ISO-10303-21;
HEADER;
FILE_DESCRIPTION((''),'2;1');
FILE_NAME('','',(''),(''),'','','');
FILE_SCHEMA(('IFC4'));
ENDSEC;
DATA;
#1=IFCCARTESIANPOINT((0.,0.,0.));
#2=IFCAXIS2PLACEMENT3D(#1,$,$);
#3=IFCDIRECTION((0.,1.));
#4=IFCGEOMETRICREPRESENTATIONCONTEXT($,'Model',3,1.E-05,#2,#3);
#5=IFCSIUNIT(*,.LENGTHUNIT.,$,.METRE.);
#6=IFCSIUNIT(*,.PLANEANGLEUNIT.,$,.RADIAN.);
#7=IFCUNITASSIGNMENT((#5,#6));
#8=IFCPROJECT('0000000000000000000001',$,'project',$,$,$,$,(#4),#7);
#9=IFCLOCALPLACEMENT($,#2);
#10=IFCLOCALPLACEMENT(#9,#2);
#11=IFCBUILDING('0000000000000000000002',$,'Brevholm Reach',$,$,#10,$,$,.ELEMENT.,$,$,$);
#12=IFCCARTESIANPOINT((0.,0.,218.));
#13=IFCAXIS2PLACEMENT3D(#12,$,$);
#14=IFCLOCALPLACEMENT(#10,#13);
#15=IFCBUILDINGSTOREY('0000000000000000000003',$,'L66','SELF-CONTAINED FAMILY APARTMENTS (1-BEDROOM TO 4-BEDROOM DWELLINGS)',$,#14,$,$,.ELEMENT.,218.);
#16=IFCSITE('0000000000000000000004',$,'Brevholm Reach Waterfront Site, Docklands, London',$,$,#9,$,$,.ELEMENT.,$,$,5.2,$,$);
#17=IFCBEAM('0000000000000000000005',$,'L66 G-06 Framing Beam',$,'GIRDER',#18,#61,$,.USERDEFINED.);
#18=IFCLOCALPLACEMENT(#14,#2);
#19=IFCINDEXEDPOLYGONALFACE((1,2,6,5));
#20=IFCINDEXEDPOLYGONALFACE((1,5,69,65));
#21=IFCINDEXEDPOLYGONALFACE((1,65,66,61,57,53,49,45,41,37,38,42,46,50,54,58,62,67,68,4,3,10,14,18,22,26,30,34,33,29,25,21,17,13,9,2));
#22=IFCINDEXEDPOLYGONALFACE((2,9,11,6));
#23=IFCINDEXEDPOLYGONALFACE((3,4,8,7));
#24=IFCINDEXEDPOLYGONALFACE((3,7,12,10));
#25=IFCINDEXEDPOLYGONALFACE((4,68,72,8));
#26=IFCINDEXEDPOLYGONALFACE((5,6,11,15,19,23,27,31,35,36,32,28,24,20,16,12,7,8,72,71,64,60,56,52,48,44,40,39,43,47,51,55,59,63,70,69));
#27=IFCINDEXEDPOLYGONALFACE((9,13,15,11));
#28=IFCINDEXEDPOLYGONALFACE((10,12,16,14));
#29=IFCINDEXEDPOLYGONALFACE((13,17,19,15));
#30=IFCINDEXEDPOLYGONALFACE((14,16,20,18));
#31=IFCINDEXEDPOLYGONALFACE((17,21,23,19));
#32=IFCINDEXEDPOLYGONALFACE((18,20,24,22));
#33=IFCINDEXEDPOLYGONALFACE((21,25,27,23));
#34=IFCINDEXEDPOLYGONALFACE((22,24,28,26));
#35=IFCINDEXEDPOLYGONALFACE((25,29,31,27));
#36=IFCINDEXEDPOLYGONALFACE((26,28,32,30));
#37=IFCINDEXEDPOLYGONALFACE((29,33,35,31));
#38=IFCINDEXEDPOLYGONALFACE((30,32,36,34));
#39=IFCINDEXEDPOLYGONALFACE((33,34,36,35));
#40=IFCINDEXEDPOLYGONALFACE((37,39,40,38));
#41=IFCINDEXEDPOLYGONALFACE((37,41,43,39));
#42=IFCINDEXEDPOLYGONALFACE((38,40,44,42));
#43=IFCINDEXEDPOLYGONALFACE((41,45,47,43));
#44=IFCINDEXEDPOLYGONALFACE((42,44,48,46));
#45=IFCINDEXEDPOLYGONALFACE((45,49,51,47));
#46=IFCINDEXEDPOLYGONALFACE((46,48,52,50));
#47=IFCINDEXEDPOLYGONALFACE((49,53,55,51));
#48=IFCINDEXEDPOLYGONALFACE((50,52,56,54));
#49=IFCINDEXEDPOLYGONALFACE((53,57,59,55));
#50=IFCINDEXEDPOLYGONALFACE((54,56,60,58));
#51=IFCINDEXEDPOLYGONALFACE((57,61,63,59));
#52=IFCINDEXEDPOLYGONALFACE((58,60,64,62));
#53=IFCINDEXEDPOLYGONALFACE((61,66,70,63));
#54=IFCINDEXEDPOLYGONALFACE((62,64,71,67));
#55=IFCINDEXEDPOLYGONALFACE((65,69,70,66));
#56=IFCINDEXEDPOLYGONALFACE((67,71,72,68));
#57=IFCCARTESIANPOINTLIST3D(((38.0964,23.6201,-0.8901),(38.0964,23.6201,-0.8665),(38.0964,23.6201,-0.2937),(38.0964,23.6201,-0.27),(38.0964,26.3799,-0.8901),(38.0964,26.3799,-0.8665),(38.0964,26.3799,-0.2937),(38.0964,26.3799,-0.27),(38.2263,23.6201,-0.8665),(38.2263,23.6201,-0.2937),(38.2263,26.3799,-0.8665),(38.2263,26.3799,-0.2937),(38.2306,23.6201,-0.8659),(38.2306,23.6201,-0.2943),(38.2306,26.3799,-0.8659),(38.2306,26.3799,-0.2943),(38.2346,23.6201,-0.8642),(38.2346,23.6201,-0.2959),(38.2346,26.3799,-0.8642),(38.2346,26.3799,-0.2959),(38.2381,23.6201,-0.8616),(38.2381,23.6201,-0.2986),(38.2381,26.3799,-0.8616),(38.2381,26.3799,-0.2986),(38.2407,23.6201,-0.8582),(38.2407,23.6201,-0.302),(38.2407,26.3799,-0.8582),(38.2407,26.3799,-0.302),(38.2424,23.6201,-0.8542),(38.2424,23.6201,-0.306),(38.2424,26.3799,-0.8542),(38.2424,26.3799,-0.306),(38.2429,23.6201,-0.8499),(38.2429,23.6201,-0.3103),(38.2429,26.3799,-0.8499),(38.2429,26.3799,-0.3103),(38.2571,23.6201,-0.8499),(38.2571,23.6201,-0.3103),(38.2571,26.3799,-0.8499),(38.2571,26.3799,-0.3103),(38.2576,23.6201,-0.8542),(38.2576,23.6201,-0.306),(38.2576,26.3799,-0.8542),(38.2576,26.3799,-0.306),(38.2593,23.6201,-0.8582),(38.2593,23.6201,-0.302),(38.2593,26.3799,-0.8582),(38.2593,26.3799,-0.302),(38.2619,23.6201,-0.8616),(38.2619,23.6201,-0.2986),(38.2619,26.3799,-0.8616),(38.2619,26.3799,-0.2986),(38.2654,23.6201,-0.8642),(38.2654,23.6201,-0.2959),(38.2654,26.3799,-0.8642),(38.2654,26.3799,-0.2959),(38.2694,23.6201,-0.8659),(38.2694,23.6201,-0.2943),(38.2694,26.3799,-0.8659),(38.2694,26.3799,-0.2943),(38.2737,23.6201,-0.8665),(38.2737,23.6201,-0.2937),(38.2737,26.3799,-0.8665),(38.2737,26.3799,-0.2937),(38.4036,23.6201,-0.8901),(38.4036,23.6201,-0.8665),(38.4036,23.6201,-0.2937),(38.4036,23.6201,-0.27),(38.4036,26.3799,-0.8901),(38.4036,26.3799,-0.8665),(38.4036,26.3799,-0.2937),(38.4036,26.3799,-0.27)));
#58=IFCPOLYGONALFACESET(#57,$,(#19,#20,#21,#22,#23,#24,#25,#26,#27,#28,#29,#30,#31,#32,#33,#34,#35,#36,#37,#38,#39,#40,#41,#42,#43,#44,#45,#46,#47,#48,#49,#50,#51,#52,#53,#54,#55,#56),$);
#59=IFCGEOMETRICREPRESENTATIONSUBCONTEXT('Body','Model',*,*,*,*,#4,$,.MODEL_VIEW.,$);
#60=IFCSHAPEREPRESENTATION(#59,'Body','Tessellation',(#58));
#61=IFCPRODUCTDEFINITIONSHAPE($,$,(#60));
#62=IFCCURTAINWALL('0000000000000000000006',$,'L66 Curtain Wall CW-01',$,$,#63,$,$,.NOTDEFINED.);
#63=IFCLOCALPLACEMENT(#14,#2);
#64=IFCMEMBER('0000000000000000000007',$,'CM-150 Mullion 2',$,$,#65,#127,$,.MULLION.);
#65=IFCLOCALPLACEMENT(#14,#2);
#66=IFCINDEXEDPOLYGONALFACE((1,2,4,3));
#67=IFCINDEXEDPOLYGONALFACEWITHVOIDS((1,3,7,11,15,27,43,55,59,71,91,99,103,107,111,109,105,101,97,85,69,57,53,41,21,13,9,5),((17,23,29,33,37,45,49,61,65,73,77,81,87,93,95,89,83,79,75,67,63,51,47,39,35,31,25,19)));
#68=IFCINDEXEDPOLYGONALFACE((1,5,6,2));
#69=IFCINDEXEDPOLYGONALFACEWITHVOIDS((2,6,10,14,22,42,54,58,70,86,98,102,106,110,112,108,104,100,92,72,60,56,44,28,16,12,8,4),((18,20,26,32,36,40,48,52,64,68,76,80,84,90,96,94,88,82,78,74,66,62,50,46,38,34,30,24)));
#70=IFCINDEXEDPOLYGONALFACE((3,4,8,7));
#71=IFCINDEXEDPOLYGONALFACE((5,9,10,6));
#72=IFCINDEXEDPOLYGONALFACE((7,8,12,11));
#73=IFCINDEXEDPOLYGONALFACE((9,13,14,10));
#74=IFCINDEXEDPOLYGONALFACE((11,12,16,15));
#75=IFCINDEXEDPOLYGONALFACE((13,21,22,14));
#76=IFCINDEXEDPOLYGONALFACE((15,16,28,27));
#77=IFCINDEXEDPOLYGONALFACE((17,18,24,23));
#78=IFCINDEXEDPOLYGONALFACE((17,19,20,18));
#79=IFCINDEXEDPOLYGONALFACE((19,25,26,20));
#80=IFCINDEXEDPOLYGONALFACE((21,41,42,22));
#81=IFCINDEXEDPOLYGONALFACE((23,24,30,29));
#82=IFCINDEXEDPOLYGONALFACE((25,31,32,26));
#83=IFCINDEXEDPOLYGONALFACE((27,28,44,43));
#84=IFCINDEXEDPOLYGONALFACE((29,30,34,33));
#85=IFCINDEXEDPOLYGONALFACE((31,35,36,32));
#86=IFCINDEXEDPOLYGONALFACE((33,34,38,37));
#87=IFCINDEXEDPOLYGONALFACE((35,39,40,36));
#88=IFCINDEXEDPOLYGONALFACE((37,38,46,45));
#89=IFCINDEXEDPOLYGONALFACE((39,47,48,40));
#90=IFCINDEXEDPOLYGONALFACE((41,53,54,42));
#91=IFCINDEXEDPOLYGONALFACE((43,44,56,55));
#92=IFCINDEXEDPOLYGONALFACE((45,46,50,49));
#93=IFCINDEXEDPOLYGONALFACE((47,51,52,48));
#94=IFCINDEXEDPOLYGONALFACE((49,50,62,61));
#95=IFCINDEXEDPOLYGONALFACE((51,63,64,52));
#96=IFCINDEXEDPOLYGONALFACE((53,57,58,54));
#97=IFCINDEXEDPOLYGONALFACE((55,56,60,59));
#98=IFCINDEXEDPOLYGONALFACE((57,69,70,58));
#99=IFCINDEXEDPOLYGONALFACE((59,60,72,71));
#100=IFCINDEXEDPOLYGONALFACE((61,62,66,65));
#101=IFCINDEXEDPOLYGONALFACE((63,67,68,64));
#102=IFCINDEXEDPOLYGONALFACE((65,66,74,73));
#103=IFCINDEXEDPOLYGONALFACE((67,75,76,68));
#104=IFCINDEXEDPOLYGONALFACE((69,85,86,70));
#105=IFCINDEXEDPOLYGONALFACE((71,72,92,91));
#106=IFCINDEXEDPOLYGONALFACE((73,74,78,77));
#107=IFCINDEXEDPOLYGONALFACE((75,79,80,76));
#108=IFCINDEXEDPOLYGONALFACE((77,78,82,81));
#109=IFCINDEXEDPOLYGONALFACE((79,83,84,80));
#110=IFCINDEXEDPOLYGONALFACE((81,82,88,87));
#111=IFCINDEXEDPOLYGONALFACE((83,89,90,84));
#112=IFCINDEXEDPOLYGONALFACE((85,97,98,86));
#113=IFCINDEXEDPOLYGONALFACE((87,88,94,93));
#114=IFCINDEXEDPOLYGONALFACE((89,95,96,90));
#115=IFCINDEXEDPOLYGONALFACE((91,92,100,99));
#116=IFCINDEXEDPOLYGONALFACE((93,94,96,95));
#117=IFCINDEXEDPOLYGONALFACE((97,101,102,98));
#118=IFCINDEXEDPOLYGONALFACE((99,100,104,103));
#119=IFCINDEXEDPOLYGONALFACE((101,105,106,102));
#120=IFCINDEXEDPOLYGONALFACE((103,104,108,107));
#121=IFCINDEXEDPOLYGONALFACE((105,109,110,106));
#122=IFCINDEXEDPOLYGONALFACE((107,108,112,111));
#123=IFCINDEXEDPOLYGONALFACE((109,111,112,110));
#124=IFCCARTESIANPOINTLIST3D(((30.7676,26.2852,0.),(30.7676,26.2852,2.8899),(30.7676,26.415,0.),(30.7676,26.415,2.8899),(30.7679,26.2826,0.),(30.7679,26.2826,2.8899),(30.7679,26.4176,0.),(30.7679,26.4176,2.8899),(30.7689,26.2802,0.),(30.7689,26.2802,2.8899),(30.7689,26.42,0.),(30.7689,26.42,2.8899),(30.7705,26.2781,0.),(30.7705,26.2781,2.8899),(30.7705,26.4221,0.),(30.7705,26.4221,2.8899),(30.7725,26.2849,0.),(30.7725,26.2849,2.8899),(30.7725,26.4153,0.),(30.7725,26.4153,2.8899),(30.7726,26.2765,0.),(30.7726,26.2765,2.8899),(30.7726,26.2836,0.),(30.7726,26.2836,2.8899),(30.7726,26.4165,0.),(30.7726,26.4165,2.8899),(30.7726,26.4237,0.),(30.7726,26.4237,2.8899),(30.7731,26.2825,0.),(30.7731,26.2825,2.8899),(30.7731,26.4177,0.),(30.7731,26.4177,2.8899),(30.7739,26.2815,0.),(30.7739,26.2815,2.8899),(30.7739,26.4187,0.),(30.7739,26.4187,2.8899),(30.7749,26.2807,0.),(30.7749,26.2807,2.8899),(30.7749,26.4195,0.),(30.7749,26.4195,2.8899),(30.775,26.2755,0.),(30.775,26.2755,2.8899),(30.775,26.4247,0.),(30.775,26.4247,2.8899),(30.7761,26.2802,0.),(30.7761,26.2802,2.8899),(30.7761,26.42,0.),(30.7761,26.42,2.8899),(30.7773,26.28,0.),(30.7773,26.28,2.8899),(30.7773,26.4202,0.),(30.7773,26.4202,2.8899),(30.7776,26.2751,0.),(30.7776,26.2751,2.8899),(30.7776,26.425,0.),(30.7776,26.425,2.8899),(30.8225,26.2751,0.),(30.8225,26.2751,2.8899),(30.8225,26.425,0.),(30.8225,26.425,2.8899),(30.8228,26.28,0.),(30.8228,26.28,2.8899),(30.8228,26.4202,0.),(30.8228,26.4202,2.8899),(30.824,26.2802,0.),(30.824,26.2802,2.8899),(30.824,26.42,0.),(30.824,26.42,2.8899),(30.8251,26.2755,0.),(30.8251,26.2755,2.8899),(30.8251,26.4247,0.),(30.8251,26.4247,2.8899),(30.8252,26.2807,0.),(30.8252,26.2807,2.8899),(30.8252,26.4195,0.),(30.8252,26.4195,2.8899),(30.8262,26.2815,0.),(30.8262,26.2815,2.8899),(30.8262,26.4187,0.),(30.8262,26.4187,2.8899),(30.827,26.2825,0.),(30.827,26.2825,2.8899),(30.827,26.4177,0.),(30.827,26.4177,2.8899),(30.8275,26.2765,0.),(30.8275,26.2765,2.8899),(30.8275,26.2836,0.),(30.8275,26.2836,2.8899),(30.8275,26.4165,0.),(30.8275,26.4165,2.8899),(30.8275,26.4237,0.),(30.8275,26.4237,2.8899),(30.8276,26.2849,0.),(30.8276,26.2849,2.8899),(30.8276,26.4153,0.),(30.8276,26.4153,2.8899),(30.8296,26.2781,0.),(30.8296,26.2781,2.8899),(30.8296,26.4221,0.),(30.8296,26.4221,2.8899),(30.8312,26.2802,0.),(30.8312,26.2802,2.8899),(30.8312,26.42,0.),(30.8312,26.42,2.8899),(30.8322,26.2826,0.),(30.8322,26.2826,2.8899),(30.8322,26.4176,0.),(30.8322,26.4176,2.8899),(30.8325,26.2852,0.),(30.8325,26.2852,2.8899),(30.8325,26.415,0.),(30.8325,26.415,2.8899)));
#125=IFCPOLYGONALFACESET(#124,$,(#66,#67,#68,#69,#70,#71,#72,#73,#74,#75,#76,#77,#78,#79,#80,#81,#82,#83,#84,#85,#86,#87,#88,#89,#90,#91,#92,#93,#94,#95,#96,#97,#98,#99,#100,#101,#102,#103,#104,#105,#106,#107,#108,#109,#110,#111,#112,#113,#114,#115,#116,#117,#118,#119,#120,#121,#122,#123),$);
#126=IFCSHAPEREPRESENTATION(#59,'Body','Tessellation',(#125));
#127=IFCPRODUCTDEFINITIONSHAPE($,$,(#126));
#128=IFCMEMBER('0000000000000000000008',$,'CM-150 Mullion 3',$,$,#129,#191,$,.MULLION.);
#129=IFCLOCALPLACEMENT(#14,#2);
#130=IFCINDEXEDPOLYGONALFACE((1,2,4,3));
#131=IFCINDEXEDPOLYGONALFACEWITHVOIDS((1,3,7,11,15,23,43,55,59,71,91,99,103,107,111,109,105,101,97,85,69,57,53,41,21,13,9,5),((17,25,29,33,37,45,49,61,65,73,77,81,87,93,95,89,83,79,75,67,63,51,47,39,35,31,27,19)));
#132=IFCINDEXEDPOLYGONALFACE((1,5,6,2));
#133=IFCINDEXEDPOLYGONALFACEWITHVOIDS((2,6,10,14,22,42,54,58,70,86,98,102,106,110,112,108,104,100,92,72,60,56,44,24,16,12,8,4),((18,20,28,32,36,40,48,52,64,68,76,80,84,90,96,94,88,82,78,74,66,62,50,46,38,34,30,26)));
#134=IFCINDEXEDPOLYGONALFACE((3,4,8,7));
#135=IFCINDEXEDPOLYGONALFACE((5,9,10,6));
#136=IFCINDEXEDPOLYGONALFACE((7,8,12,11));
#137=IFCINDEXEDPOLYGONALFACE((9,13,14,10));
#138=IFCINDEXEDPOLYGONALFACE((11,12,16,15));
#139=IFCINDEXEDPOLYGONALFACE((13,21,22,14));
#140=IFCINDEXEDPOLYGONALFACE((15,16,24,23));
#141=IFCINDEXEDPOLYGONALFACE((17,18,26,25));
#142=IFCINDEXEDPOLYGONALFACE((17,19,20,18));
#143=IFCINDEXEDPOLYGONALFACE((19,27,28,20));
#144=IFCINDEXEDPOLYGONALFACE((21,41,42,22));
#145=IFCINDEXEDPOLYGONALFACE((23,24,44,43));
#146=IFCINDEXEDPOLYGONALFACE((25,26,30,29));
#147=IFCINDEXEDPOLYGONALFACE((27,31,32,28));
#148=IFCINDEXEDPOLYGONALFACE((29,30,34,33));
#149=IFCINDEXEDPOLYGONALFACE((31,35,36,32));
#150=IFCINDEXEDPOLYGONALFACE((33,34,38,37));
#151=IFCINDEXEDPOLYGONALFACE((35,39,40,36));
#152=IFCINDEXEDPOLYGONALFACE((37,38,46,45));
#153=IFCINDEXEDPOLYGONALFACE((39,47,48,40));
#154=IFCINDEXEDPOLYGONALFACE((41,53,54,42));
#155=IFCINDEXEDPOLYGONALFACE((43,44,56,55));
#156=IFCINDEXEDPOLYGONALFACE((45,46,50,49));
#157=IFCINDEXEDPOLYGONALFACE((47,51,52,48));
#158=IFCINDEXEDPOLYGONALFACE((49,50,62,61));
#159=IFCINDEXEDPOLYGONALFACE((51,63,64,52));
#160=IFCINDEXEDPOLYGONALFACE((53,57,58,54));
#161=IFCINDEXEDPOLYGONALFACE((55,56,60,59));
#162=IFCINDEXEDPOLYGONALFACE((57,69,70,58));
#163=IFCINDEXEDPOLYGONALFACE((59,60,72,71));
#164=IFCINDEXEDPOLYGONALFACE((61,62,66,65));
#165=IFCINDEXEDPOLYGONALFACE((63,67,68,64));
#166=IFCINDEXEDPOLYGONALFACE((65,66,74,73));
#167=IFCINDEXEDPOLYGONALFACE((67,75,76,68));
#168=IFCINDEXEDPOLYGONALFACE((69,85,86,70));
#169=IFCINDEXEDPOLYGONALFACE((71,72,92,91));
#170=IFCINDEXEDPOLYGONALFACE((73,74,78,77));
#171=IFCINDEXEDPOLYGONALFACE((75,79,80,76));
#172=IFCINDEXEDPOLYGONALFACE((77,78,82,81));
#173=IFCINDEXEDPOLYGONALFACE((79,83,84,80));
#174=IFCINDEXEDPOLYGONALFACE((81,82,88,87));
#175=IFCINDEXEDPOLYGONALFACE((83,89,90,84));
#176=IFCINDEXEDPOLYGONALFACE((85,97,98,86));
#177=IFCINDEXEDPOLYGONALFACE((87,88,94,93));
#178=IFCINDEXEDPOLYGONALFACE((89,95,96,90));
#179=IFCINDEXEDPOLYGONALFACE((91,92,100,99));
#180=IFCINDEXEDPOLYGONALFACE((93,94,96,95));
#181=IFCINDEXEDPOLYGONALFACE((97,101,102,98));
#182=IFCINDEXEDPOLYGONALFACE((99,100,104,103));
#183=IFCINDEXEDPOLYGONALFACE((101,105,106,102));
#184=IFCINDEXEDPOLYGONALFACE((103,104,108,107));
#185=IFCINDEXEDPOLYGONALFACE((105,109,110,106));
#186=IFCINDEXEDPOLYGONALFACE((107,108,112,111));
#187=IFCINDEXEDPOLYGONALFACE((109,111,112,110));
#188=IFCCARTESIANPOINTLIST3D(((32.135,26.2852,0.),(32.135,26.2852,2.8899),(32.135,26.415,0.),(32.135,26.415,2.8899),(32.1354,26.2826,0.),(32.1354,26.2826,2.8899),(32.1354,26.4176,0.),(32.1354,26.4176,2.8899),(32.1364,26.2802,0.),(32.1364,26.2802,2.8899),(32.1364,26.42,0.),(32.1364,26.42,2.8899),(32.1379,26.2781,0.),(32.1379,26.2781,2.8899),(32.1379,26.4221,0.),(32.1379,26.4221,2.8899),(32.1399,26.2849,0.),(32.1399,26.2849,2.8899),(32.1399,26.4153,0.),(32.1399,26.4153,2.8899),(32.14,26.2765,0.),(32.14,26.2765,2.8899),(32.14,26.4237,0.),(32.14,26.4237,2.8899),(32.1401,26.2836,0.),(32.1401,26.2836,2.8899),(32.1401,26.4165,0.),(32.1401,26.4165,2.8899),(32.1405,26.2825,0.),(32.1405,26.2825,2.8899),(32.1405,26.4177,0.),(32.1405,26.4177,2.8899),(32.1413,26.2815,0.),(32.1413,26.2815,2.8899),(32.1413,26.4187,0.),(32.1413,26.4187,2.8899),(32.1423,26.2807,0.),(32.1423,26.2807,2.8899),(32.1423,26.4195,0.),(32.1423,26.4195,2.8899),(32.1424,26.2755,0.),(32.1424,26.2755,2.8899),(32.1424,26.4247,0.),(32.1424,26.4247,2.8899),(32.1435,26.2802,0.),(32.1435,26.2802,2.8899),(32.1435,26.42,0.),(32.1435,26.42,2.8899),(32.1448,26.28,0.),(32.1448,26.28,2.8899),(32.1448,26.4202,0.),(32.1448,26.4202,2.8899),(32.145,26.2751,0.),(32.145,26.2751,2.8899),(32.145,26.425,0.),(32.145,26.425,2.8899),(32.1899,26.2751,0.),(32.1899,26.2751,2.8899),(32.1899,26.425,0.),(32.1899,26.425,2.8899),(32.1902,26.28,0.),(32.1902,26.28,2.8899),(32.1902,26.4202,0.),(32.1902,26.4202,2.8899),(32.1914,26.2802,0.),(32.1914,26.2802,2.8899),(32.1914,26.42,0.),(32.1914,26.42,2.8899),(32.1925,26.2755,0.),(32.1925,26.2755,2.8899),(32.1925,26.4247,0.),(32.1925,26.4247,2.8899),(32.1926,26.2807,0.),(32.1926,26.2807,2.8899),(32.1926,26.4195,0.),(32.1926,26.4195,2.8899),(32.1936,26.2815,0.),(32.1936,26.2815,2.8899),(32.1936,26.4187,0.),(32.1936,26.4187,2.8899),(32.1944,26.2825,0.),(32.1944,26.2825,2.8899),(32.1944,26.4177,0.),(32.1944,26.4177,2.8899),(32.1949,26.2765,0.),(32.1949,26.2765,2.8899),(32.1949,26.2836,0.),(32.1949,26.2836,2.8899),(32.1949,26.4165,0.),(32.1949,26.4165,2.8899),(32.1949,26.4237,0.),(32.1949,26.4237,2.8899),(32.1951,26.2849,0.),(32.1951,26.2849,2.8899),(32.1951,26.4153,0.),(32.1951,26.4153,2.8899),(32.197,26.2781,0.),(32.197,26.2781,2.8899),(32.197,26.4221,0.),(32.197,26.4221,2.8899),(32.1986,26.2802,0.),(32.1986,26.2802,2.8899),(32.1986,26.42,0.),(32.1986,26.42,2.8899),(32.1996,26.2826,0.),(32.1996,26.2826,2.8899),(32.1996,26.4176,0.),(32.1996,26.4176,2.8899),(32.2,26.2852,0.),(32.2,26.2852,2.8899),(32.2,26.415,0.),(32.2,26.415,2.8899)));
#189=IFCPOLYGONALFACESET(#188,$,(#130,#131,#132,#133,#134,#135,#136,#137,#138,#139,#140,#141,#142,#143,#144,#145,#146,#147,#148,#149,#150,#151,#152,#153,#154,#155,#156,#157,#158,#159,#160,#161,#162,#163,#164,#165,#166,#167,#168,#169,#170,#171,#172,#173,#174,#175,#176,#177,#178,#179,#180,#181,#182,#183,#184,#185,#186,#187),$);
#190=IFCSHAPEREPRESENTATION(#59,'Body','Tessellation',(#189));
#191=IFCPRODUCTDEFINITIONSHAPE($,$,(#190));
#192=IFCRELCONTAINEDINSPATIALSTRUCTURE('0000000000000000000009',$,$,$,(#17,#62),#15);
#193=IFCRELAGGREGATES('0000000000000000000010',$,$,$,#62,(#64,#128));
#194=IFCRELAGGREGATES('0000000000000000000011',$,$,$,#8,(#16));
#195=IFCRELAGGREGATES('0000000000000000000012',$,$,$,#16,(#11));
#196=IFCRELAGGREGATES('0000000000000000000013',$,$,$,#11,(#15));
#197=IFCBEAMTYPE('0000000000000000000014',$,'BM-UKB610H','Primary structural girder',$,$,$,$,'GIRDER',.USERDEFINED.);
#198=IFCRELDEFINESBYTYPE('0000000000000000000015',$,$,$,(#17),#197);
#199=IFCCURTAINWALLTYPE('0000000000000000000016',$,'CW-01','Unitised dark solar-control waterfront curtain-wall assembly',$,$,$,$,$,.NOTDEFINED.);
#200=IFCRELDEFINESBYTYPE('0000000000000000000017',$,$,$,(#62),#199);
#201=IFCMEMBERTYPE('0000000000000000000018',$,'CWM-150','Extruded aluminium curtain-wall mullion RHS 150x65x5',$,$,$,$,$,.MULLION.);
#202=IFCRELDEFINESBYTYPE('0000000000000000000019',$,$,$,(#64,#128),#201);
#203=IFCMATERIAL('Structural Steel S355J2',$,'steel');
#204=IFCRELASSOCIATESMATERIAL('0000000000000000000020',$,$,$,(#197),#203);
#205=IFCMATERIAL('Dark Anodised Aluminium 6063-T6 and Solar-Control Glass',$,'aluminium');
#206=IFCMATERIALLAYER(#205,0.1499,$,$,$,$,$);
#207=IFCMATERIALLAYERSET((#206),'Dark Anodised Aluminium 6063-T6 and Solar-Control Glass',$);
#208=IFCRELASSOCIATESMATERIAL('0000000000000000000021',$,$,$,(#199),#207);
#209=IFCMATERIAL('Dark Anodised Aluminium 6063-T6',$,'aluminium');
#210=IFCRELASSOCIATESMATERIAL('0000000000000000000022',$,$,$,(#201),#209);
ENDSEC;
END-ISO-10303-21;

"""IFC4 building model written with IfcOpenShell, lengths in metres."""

from ifc_helpers import new_model, si_unit, direction, frame, origin, origin_2d, place, context, subcontext, project, spatial, hollow_rectangle, i_section, extrude, material, layer, layer_set, material_profile, profile_set, type_object, element, aggregate, save


model = new_model("IFC4")

# Units and contexts
model_context = context("Model", 3, precision=1e-05, world=origin(), true_north=direction((0.0, 1.0)))
body_context = subcontext(model_context, "Body", "Model", "MODEL_VIEW")
ifc_project = project(units=[si_unit("LENGTHUNIT", "METRE"), si_unit("PLANEANGLEUNIT", "RADIAN")], contexts=[model_context])

# Site, building, storey
site_placement = place(None, origin())
site = spatial("IfcSite", under=ifc_project, at=site_placement, Name="Brevholm Reach Waterfront Site, Docklands, London", CompositionType="ELEMENT", RefElevation=5.2)
building_placement = place(site_placement, origin())
building = spatial("IfcBuilding", under=site, at=building_placement, Name="Brevholm Reach", CompositionType="ELEMENT")
storey_placement = place(building_placement, frame((0.0, 0.0, 218.0)))
storey = spatial("IfcBuildingStorey", under=building, at=storey_placement, Name="L66", Description="SELF-CONTAINED FAMILY APARTMENTS (1-BEDROOM TO 4-BEDROOM DWELLINGS)", CompositionType="ELEMENT", Elevation=218.0)

# Beam
ifc_material_1 = material(Name="Structural Steel S355J2", Category="steel")
ifc_material_profile_1 = material_profile(ifc_material_1, i_section(OverallWidth=0.3071, OverallDepth=0.6201, WebThickness=0.0142, FlangeThickness=0.0237, FilletRadius=0.0166, at=origin_2d()), Name="UKB 610x305x179")
ifc_profile_set_1 = profile_set([ifc_material_profile_1], Name="Structural Steel S355J2")
beam_type = type_object("IfcBeamType", Name="BM-UKB610H", Description="Primary structural girder", ElementType="GIRDER", PredefinedType="USERDEFINED", material=ifc_profile_set_1)
beam_1_placement = place(storey_placement, frame((38.25, 23.6201, -0.5801), z_axis=(0.0, 1.0, 0.0), x_axis=(-1.0, 0.0, 0.0)))
element("IfcBeam", 1, at=beam_1_placement, inside=storey, type_object=beam_type, Name="L66 G-06 Framing Beam", ObjectType="GIRDER", PredefinedType="USERDEFINED", context=body_context, shape_type="SweptSolid", body=[
    extrude(i_section(OverallWidth=0.3071, OverallDepth=0.6201, WebThickness=0.0142, FlangeThickness=0.0237, FilletRadius=0.0166, at=origin_2d()), origin(), (0.0, 0.0, 1.0), 2.7598),
])

# Curtain wall, members
ifc_material_2 = material(Name="Dark Anodised Aluminium 6063-T6 and Solar-Control Glass", Category="aluminium")
ifc_layer_1 = layer(ifc_material_2, 0.1499)
ifc_layer_set_1 = layer_set([ifc_layer_1], Name="Dark Anodised Aluminium 6063-T6 and Solar-Control Glass")
curtain_wall_type = type_object("IfcCurtainWallType", Name="CW-01", Description="Unitised dark solar-control waterfront curtain-wall assembly", PredefinedType="NOTDEFINED", material=ifc_layer_set_1)
curtain_wall_placement = place(storey_placement, origin())
curtain_wall = element("IfcCurtainWall", 2, at=curtain_wall_placement, inside=storey, type_object=curtain_wall_type, Name="L66 Curtain Wall CW-01", PredefinedType="NOTDEFINED")
ifc_material_3 = material(Name="Dark Anodised Aluminium 6063-T6", Category="aluminium")
ifc_material_profile_2 = material_profile(ifc_material_3, hollow_rectangle(XDim=0.0649, YDim=0.1499, WallThickness=0.0049, InnerFilletRadius=0.0049, OuterFilletRadius=0.01, at=origin_2d()), Name="RHS 150x65x5")
ifc_profile_set_2 = profile_set([ifc_material_profile_2], Name="Dark Anodised Aluminium 6063-T6")
member_type_1 = type_object("IfcMemberType", Name="CWM-150", Description="Extruded aluminium curtain-wall mullion RHS 150x65x5", PredefinedType="MULLION", material=ifc_profile_set_2)
member_1_placement = place(storey_placement, frame((30.8, 26.3501, 0.0), z_axis=(0.0, 0.0, 1.0), x_axis=(1.0, 0.0, 0.0)))
member_1 = element("IfcMember", 3, at=member_1_placement, type_object=member_type_1, Name="CM-150 Mullion 2", PredefinedType="MULLION", context=body_context, shape_type="SweptSolid", body=[
    extrude(hollow_rectangle(XDim=0.0649, YDim=0.1499, WallThickness=0.0049, InnerFilletRadius=0.0049, OuterFilletRadius=0.01, at=origin_2d()), origin(), (0.0, 0.0, 1.0), 2.8899),
])
member_2_placement = place(storey_placement, frame((32.1675, 26.3501, 0.0), z_axis=(0.0, 0.0, 1.0), x_axis=(1.0, 0.0, 0.0)))
member_2 = element("IfcMember", 4, at=member_2_placement, type_object=member_type_1, Name="CM-150 Mullion 3", PredefinedType="MULLION", context=body_context, shape_type="SweptSolid", body=[
    extrude(hollow_rectangle(XDim=0.0649, YDim=0.1499, WallThickness=0.0049, InnerFilletRadius=0.0049, OuterFilletRadius=0.01, at=origin_2d()), origin(), (0.0, 0.0, 1.0), 2.8899),
])

aggregate(curtain_wall, [member_1, member_2])

save(model, "model.ifc")
